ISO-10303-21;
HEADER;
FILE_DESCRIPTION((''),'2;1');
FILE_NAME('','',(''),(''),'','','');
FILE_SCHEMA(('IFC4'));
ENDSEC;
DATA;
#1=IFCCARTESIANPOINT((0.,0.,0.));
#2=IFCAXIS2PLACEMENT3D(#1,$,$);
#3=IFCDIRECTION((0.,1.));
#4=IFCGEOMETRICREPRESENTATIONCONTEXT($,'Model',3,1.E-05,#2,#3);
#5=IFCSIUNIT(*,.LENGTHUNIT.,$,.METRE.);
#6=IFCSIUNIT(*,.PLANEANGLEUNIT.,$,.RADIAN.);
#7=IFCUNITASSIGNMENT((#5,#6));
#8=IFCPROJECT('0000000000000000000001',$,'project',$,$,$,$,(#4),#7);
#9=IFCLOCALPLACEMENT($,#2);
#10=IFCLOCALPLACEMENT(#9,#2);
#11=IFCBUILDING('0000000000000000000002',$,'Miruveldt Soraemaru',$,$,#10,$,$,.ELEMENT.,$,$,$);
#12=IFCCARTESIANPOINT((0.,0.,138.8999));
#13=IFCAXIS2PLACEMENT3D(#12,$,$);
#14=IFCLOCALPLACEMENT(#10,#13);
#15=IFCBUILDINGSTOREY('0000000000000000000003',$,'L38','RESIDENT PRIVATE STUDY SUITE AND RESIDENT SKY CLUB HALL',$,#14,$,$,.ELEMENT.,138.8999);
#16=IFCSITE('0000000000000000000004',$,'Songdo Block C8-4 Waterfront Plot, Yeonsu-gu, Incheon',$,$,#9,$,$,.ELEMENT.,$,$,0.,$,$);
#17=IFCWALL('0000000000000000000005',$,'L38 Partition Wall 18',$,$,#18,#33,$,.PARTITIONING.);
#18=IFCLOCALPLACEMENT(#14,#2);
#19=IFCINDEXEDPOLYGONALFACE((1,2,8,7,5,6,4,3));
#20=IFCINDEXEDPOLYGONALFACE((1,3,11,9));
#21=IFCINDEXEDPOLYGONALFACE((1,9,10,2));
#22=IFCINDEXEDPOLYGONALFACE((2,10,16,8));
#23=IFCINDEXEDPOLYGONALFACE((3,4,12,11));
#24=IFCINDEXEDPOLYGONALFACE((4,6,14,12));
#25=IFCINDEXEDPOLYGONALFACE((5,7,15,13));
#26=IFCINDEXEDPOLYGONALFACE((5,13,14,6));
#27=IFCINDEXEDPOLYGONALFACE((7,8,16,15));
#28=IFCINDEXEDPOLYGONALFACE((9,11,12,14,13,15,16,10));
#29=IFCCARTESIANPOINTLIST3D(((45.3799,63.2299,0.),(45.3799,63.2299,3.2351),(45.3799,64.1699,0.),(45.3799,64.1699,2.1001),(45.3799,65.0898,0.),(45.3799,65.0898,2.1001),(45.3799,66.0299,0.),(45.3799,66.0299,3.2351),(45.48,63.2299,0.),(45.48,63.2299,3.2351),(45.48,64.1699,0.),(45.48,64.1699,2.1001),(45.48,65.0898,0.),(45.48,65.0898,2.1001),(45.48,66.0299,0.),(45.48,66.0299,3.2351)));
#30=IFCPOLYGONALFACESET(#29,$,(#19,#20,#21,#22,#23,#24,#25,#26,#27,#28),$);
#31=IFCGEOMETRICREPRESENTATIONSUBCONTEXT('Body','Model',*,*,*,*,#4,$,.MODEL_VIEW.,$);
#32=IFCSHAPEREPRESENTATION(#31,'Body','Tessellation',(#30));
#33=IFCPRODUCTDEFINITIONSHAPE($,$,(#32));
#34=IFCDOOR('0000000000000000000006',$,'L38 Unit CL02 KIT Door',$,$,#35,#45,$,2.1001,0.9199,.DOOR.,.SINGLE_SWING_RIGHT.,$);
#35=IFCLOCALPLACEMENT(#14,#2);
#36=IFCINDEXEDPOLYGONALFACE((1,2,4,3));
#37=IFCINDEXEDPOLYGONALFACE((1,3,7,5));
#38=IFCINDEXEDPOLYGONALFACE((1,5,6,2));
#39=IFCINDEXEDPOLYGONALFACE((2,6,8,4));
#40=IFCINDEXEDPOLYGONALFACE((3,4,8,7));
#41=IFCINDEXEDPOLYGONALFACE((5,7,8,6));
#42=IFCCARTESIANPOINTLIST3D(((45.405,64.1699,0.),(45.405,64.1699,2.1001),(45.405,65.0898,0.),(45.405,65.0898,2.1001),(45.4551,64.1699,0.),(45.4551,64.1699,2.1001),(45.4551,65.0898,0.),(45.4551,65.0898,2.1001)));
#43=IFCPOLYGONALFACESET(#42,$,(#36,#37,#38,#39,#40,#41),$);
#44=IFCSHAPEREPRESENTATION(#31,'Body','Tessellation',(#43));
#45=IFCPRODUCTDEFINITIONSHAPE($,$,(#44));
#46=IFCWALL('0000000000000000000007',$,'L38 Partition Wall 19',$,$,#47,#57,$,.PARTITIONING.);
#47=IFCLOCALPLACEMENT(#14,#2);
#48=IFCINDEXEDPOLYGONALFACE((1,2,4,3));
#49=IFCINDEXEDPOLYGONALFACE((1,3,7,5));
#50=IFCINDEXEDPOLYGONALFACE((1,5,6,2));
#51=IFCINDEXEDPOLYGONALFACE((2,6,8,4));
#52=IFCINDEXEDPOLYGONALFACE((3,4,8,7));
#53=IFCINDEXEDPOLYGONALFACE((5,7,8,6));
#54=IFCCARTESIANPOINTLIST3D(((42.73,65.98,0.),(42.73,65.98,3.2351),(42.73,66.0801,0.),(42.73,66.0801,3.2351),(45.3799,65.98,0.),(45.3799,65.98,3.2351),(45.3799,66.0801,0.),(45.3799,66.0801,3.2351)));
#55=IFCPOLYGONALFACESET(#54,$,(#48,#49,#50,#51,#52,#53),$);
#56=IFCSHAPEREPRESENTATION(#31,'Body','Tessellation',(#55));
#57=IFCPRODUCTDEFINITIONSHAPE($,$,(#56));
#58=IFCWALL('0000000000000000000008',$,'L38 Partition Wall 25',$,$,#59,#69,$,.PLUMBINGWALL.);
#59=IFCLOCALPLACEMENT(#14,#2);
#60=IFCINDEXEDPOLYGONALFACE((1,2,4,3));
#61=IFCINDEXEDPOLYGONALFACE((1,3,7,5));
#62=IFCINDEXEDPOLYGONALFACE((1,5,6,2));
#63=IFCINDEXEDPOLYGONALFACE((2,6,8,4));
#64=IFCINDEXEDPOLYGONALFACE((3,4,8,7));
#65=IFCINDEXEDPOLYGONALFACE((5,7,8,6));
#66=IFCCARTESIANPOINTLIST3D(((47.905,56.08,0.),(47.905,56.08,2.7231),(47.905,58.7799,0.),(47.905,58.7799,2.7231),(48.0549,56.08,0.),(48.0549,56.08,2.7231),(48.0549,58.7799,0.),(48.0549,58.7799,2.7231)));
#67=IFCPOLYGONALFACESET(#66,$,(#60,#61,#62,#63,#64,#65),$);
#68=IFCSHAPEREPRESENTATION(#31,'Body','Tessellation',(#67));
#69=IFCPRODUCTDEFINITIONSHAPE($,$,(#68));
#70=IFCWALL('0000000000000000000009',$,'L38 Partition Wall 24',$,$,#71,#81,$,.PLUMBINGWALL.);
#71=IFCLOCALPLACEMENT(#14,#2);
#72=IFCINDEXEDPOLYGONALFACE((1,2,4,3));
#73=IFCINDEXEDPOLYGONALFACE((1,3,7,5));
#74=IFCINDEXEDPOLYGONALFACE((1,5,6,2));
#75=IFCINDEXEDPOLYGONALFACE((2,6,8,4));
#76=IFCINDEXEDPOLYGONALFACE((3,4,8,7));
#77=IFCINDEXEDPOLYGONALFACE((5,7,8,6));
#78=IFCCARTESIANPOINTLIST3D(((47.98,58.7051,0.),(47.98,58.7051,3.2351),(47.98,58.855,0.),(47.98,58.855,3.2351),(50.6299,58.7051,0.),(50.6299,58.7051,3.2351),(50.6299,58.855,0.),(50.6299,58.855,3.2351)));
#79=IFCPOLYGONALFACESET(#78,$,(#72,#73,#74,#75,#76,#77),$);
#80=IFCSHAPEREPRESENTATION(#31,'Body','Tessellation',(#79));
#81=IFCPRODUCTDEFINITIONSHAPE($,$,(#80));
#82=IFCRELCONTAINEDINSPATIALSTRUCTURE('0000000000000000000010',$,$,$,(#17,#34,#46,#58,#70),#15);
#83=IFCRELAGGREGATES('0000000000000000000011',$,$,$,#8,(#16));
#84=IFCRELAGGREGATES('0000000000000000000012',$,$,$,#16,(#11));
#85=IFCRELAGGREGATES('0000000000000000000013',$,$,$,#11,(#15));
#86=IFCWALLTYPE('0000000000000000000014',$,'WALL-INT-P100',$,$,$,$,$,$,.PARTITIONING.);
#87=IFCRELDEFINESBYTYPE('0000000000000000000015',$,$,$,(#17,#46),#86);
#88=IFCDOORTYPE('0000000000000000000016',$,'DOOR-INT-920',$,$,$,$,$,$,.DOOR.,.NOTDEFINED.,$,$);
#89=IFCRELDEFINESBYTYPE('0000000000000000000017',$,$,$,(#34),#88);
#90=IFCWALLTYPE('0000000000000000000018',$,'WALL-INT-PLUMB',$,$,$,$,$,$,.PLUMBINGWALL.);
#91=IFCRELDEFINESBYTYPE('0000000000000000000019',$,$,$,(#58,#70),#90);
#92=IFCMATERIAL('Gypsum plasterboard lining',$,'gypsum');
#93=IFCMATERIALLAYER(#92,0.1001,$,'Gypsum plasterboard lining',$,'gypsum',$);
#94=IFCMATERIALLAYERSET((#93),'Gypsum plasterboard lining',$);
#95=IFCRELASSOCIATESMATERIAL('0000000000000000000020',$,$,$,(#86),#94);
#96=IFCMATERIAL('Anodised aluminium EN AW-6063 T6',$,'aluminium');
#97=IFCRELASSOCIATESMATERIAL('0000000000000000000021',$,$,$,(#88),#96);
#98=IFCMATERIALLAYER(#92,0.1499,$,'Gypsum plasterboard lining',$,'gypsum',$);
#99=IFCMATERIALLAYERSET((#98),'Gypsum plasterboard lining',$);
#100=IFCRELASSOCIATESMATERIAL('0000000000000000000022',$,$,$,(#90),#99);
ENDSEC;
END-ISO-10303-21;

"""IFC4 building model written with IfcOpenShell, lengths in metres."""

from ifc_helpers import new_model, si_unit, direction, frame, frame_2d, origin, place, context, subcontext, project, spatial, rectangle, extrude, material, layer, layer_set, type_object, element, fill, save


model = new_model("IFC4")

# Units and contexts
model_context = context("Model", 3, precision=1e-05, world=origin(), true_north=direction((0.0, 1.0)))
body_context = subcontext(model_context, "Body", "Model", "MODEL_VIEW")
ifc_project = project(units=[si_unit("LENGTHUNIT", "METRE"), si_unit("PLANEANGLEUNIT", "RADIAN")], contexts=[model_context])

# Site, building, storey
site_placement = place(None, origin())
site = spatial("IfcSite", under=ifc_project, at=site_placement, Name="Songdo Block C8-4 Waterfront Plot, Yeonsu-gu, Incheon", CompositionType="ELEMENT", RefElevation=0.0)
building_placement = place(site_placement, origin())
building = spatial("IfcBuilding", under=site, at=building_placement, Name="Miruveldt Soraemaru", CompositionType="ELEMENT")
storey_placement = place(building_placement, frame((0.0, 0.0, 138.8999)))
storey = spatial("IfcBuildingStorey", under=building, at=storey_placement, Name="L38", Description="RESIDENT PRIVATE STUDY SUITE AND RESIDENT SKY CLUB HALL", CompositionType="ELEMENT", Elevation=138.8999)

# Wall, opening, door
ifc_material_1 = material(Name="Gypsum plasterboard lining", Category="gypsum")
ifc_layer_1 = layer(ifc_material_1, 0.1001, Name="Gypsum plasterboard lining", Category="gypsum")
ifc_layer_set_1 = layer_set([ifc_layer_1], Name="Gypsum plasterboard lining")
wall_type_1 = type_object("IfcWallType", Name="WALL-INT-P100", PredefinedType="PARTITIONING", material=ifc_layer_set_1)
wall_1_placement = place(storey_placement, frame((45.4299, 63.23, 0.0), z_axis=(0.0, 0.0, 1.0), x_axis=(0.0, 1.0, 0.0)))
wall_1 = element("IfcWall", 1, at=wall_1_placement, inside=storey, type_object=wall_type_1, Name="L38 Partition Wall 18", PredefinedType="PARTITIONING", context=body_context, shape_type="SweptSolid", body=[
    extrude(rectangle(XDim=2.8, YDim=0.1001, at=frame_2d((1.3999, 0.0))), origin(), (0.0, 0.0, 1.0), 3.2351),
])
opening_1_placement = place(wall_1_placement, frame((0.9399, 0.0, 0.0)))
opening_1 = element("IfcOpeningElement", 2, at=opening_1_placement, cuts=wall_1, PredefinedType="OPENING", context=body_context, shape_type="SweptSolid", body=[
    extrude(rectangle(XDim=0.9199, YDim=2.1001, at=frame_2d((0.46, 1.05))), frame((0.0, 0.0601, 0.0), z_axis=(0.0, -1.0, 0.0), x_axis=(1.0, 0.0, 0.0)), (0.0, 0.0, 1.0), 0.1201),
])
ifc_material_2 = material(Name="Anodised aluminium EN AW-6063 T6", Category="aluminium")
door_type = type_object("IfcDoorType", Name="DOOR-INT-920", OperationType="NOTDEFINED", PredefinedType="DOOR", material=ifc_material_2)
door_placement = place(opening_1_placement, origin())
door = element("IfcDoor", 3, at=door_placement, inside=storey, type_object=door_type, Name="L38 Unit CL02 KIT Door", OperationType="SINGLE_SWING_RIGHT", OverallHeight=2.1001, OverallWidth=0.9199, PredefinedType="DOOR", context=body_context, shape_type="SweptSolid", body=[
    extrude(rectangle(XDim=0.9199, YDim=2.1001, at=frame_2d((0.46, 1.05))), frame((0.0, 0.0249, 0.0), z_axis=(0.0, -1.0, 0.0), x_axis=(1.0, 0.0, 0.0)), (0.0, 0.0, 1.0), 0.05),
])
fill(opening_1, door)

# Walls
wall_2_placement = place(storey_placement, frame((45.3799, 66.03, 0.0), z_axis=(0.0, 0.0, 1.0), x_axis=(-1.0, 0.0, 0.0)))
element("IfcWall", 4, at=wall_2_placement, inside=storey, type_object=wall_type_1, Name="L38 Partition Wall 19", PredefinedType="PARTITIONING", context=body_context, shape_type="SweptSolid", body=[
    extrude(rectangle(XDim=2.6499, YDim=0.1001, at=frame_2d((1.325, 0.0))), origin(), (0.0, 0.0, 1.0), 3.2351),
])
ifc_layer_2 = layer(ifc_material_1, 0.1499, Name="Gypsum plasterboard lining", Category="gypsum")
ifc_layer_set_2 = layer_set([ifc_layer_2], Name="Gypsum plasterboard lining")
wall_type_2 = type_object("IfcWallType", Name="WALL-INT-PLUMB", PredefinedType="PLUMBINGWALL", material=ifc_layer_set_2)
wall_3_placement = place(storey_placement, frame((47.98, 58.78, 0.0), z_axis=(0.0, 0.0, 1.0), x_axis=(0.0, -1.0, 0.0)))
element("IfcWall", 5, at=wall_3_placement, inside=storey, type_object=wall_type_2, Name="L38 Partition Wall 25", PredefinedType="PLUMBINGWALL", context=body_context, shape_type="SweptSolid", body=[
    extrude(rectangle(XDim=2.7, YDim=0.1499, at=frame_2d((1.3501, 0.0))), origin(), (0.0, 0.0, 1.0), 2.7231),
])
wall_4_placement = place(storey_placement, frame((50.6299, 58.78, 0.0), z_axis=(0.0, 0.0, 1.0), x_axis=(-1.0, 0.0, 0.0)))
element("IfcWall", 6, at=wall_4_placement, inside=storey, type_object=wall_type_2, Name="L38 Partition Wall 24", PredefinedType="PLUMBINGWALL", context=body_context, shape_type="SweptSolid", body=[
    extrude(rectangle(XDim=2.6499, YDim=0.1499, at=frame_2d((1.325, 0.0))), origin(), (0.0, 0.0, 1.0), 3.2351),
])

save(model, "model.ifc")
